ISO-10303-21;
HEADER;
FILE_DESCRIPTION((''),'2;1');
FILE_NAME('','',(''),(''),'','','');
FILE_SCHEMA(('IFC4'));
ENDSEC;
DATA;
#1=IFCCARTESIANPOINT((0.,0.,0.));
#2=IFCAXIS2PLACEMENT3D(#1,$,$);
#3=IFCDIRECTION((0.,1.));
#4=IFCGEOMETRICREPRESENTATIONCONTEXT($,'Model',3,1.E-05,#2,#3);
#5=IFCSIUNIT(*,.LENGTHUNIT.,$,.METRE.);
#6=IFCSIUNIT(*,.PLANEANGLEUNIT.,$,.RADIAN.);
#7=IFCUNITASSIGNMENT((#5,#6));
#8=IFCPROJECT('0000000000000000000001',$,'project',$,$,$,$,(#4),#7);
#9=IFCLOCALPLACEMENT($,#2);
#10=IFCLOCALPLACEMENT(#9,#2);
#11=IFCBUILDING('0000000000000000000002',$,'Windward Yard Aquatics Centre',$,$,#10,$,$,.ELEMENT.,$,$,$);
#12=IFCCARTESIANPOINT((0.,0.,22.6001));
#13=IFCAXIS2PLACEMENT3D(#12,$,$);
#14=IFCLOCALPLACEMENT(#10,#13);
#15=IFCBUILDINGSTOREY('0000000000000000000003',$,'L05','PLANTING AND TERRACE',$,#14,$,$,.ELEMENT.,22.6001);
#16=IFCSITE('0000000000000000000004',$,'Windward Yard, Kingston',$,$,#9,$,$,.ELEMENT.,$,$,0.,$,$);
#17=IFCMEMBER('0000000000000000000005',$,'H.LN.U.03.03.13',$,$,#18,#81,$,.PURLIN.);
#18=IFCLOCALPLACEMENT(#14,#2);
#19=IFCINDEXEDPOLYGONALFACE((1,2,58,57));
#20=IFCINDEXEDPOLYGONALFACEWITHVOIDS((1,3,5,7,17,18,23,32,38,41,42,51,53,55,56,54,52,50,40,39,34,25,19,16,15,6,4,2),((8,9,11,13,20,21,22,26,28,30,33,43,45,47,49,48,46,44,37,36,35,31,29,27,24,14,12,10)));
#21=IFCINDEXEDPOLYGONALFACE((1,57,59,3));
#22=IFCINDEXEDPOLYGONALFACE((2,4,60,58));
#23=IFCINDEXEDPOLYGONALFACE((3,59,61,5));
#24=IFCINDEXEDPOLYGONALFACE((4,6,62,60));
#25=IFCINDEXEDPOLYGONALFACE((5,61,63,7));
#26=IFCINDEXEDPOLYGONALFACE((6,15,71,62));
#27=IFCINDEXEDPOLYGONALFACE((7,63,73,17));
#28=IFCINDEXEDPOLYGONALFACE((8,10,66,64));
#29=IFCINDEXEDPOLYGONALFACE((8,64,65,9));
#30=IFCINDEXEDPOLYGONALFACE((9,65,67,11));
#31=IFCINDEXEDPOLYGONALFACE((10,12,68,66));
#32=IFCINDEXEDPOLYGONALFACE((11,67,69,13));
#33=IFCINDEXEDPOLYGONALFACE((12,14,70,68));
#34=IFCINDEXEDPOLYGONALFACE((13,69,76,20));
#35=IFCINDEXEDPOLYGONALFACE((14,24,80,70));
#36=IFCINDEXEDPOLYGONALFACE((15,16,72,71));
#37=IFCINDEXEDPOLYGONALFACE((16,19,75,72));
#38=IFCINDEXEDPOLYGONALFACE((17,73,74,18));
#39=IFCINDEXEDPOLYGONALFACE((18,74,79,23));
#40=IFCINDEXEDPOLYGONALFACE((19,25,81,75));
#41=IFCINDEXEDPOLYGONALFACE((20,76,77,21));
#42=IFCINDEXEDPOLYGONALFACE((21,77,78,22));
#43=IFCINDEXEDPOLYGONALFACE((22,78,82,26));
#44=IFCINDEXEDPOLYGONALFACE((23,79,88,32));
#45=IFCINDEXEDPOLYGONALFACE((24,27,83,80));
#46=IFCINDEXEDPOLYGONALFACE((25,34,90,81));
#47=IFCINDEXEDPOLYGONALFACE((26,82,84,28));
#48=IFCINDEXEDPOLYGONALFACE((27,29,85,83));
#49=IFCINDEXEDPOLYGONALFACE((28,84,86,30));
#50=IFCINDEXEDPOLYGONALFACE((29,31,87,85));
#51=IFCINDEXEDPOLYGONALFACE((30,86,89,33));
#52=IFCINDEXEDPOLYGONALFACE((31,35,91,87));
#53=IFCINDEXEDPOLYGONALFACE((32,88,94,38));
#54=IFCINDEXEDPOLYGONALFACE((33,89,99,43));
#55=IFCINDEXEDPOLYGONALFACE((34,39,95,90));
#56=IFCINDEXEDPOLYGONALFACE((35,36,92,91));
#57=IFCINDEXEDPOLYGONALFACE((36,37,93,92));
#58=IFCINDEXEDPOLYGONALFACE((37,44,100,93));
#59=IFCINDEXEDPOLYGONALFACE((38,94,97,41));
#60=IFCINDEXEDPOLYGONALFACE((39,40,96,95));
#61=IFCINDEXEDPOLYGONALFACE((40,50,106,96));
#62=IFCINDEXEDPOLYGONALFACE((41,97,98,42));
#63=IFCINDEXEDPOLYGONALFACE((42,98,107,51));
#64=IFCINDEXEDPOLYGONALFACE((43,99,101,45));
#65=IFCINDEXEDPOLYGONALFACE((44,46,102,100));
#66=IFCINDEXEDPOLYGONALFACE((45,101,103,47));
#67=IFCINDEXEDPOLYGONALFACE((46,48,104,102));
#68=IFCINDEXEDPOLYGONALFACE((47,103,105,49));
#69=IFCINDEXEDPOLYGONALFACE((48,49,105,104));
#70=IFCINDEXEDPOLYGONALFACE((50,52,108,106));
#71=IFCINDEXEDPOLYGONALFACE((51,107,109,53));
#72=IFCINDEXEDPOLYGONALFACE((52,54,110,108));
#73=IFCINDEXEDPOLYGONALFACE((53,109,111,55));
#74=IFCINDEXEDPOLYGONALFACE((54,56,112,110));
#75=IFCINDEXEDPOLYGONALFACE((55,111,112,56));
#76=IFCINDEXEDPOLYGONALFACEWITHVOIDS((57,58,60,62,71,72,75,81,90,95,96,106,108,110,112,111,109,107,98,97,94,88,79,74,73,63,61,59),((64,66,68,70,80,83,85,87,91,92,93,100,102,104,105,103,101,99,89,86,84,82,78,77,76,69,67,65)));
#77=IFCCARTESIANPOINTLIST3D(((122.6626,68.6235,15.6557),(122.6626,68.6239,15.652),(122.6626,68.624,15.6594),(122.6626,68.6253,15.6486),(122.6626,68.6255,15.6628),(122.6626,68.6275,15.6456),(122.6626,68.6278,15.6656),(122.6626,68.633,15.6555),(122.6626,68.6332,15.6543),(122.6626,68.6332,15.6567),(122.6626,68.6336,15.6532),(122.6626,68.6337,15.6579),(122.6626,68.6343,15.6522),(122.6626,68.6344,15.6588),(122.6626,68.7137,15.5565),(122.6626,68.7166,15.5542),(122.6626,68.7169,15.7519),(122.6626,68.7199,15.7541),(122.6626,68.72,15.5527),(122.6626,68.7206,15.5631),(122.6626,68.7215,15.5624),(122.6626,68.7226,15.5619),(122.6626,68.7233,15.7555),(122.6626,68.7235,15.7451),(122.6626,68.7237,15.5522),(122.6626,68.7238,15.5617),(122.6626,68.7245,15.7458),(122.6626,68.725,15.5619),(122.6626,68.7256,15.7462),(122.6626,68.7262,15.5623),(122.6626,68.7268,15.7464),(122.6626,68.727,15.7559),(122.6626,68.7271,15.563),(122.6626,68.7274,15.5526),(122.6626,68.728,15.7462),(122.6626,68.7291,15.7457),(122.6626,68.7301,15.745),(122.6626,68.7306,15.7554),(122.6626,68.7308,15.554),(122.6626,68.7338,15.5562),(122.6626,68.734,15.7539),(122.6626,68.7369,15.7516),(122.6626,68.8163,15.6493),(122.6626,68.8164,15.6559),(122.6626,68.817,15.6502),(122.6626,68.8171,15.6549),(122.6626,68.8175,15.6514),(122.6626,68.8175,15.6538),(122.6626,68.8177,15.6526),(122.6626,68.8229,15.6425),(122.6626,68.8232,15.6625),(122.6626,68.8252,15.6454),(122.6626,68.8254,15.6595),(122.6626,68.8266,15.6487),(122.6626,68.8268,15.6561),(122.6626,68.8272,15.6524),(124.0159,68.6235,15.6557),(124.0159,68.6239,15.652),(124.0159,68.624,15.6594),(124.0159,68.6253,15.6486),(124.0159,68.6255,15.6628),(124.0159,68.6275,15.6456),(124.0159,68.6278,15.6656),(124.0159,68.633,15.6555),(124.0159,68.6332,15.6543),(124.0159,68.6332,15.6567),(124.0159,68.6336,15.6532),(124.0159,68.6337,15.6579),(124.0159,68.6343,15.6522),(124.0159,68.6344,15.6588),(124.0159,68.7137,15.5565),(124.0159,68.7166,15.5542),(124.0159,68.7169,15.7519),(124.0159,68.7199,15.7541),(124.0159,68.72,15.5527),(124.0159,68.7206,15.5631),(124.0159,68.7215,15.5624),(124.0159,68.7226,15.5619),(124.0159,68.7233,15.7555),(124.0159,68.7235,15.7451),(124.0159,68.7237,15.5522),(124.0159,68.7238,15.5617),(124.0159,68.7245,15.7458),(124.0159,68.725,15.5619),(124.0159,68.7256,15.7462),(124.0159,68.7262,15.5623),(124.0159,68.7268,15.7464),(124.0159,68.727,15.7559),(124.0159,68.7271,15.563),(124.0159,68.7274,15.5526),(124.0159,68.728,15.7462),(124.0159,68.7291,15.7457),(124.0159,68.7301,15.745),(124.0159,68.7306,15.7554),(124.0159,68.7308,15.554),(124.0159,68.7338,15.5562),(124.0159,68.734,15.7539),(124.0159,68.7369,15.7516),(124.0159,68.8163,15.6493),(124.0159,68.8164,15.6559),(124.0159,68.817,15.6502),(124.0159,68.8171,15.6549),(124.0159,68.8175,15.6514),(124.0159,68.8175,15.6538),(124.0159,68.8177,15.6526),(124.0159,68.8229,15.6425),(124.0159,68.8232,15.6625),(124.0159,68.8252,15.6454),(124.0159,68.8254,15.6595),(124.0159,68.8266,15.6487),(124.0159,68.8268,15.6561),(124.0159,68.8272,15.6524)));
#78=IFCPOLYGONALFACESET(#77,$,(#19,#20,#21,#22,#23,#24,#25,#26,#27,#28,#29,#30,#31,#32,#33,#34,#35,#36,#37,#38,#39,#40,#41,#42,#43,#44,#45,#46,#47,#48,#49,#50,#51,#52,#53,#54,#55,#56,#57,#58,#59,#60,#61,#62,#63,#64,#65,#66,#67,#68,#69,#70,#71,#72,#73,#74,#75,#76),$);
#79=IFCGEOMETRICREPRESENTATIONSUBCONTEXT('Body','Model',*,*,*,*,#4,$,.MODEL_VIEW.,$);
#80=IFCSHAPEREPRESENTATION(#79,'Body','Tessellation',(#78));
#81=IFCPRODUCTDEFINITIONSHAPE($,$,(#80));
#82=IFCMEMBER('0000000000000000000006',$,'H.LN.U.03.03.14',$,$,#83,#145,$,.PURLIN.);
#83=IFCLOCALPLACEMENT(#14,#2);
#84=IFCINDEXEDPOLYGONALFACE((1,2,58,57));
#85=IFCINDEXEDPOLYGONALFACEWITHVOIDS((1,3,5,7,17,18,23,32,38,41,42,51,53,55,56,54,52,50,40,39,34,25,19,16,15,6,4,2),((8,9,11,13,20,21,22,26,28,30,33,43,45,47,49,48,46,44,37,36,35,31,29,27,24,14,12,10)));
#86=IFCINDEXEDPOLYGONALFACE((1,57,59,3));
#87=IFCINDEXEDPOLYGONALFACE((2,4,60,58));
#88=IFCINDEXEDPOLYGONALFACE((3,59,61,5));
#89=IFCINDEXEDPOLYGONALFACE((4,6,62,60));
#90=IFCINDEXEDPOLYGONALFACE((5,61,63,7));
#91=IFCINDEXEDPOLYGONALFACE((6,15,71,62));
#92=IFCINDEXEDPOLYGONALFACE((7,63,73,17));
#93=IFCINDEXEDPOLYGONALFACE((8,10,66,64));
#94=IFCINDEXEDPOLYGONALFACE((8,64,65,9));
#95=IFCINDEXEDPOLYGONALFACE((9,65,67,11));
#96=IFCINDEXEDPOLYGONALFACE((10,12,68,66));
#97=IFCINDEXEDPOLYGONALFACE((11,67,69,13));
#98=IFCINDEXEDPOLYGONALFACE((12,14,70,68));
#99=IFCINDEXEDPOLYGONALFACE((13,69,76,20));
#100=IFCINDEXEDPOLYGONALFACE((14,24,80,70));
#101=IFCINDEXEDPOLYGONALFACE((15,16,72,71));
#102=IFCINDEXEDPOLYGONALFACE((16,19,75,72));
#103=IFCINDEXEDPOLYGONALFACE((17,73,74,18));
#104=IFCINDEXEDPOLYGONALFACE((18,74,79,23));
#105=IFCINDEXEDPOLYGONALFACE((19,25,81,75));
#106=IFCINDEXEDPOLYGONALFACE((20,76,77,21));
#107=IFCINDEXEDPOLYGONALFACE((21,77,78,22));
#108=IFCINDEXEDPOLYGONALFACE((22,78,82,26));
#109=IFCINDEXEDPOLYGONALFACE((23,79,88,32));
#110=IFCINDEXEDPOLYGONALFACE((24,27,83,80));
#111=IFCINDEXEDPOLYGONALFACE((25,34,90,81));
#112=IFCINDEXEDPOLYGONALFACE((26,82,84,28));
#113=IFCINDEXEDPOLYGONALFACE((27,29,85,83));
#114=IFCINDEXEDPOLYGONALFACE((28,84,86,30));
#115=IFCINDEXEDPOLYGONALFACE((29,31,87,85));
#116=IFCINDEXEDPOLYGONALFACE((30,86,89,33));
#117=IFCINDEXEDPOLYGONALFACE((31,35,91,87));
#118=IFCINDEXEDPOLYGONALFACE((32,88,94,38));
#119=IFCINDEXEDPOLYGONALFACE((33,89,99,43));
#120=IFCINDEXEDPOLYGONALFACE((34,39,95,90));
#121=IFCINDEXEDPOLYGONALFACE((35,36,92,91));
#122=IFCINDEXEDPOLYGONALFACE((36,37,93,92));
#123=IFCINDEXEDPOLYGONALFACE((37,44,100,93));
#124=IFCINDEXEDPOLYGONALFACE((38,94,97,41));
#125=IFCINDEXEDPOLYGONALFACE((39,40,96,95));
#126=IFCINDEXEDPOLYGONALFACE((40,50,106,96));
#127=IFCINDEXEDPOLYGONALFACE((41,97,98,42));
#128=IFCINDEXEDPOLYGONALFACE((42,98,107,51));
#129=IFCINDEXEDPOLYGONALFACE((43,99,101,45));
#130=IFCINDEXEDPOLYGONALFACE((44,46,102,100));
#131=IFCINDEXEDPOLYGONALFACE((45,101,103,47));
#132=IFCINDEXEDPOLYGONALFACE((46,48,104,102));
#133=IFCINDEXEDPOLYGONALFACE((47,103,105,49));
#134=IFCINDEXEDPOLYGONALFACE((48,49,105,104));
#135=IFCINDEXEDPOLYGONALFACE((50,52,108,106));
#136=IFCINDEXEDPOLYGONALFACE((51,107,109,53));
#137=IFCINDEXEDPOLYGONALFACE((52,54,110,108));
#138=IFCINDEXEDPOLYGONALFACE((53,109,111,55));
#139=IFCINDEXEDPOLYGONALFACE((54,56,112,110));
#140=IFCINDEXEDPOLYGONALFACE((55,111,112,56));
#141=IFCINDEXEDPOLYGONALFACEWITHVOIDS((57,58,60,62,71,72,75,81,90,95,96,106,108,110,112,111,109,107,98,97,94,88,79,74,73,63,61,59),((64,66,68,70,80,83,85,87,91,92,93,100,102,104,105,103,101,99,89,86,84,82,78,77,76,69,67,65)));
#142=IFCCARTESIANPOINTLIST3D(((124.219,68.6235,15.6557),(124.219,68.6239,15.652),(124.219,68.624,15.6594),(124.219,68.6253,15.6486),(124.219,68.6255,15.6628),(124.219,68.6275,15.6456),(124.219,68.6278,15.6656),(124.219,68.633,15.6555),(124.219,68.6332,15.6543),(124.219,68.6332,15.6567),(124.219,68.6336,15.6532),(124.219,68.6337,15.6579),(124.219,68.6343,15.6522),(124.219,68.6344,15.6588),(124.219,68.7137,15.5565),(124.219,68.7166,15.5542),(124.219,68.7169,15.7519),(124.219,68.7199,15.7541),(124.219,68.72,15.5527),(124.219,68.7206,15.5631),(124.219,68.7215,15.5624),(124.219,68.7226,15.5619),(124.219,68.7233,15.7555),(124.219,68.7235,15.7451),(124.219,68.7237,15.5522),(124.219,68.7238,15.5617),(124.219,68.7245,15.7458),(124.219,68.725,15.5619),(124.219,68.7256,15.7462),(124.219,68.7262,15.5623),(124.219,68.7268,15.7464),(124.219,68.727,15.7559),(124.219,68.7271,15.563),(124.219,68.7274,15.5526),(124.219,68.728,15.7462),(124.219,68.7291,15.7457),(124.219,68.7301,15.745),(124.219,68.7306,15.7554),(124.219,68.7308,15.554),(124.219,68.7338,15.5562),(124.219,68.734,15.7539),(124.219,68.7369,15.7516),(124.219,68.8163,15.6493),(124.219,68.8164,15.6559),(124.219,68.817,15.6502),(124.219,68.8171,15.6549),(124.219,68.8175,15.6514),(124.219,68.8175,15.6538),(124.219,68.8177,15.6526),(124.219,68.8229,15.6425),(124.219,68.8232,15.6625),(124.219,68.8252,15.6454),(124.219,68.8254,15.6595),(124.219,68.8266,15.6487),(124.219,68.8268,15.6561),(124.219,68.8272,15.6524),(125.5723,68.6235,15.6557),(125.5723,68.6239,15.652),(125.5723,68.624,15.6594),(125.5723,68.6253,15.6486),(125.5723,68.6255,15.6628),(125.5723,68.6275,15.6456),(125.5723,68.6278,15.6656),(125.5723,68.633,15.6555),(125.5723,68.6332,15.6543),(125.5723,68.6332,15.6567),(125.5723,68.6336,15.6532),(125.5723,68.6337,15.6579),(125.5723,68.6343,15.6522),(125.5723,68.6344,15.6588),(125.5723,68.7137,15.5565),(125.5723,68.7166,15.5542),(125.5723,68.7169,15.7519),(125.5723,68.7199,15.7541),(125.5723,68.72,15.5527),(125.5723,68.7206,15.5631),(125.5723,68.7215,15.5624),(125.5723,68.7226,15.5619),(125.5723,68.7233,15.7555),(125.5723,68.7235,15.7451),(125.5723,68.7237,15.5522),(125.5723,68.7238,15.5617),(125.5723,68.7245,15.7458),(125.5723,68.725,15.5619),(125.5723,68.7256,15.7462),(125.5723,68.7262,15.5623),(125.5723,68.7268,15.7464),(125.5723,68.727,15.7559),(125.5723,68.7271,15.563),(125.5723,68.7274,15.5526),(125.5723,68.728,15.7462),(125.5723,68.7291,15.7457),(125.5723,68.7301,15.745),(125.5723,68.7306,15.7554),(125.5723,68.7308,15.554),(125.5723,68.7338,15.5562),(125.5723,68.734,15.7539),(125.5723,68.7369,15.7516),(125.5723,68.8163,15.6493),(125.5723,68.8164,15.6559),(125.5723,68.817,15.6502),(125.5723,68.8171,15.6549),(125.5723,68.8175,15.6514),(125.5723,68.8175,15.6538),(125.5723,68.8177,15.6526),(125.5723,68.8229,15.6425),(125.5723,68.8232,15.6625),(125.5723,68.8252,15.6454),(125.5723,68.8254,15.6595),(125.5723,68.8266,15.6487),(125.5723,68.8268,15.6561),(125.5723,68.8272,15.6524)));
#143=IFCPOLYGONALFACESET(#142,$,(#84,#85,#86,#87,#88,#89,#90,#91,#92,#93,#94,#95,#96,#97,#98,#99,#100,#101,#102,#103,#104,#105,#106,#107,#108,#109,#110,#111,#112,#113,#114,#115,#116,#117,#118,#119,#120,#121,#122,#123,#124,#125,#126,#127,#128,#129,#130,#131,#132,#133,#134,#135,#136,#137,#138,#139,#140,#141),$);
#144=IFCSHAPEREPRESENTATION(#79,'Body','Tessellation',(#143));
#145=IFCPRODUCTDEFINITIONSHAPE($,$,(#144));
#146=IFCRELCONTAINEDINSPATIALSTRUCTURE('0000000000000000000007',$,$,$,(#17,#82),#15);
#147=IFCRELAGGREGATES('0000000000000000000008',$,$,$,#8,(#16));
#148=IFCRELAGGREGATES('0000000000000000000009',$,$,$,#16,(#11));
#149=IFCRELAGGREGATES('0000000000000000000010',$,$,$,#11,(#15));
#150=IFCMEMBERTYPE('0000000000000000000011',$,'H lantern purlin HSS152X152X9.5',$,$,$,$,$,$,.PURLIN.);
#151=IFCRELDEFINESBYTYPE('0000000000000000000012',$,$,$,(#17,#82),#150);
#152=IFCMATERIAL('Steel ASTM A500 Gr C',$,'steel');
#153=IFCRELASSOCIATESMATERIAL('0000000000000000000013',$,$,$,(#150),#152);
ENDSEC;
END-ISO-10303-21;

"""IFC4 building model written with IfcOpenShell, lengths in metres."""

from ifc_helpers import new_model, si_unit, direction, frame, origin, origin_2d, place, context, subcontext, project, spatial, hollow_rectangle, extrude, material, material_profile, profile_set, type_object, element, save


model = new_model("IFC4")

# Units and contexts
model_context = context("Model", 3, precision=1e-05, world=origin(), true_north=direction((0.0, 1.0)))
body_context = subcontext(model_context, "Body", "Model", "MODEL_VIEW")
ifc_project = project(units=[si_unit("LENGTHUNIT", "METRE"), si_unit("PLANEANGLEUNIT", "RADIAN")], contexts=[model_context])

# Site, building, storey
site_placement = place(None, origin())
site = spatial("IfcSite", under=ifc_project, at=site_placement, Name="Windward Yard, Kingston", CompositionType="ELEMENT", RefElevation=0.0)
building_placement = place(site_placement, origin())
building = spatial("IfcBuilding", under=site, at=building_placement, Name="Windward Yard Aquatics Centre", CompositionType="ELEMENT")
storey_placement = place(building_placement, frame((0.0, 0.0, 22.6001)))
storey = spatial("IfcBuildingStorey", under=building, at=storey_placement, Name="L05", Description="PLANTING AND TERRACE", CompositionType="ELEMENT", Elevation=22.6001)

# Members
ifc_material_1 = material(Name="Steel ASTM A500 Gr C", Category="steel")
ifc_material_profile = material_profile(ifc_material_1, hollow_rectangle(XDim=0.1523, YDim=0.1523, WallThickness=0.0095, InnerFilletRadius=0.0046, OuterFilletRadius=0.0142, at=origin_2d()), Name="HSS152X152X9.5")
ifc_profile_set = profile_set([ifc_material_profile], Name="Steel ASTM A500 Gr C")
member_type = type_object("IfcMemberType", Name="H lantern purlin HSS152X152X9.5", PredefinedType="PURLIN", material=ifc_profile_set)
for number, where, z_axis, x_axis, name in (
    (1, (122.6626, 68.7253, 15.6541), (1.0, 0.0, 0.0), (0.0, 0.69555, -0.718477), "H.LN.U.03.03.13"),
    (2, (124.219, 68.7253, 15.6541), (1.0, 0.0, 0.0), (0.0, 0.69555, -0.718477), "H.LN.U.03.03.14"),
):
    element("IfcMember", number, at=place(storey_placement, frame(where, z_axis=z_axis, x_axis=x_axis)), inside=storey, type_object=member_type, Name=name, PredefinedType="PURLIN", context=body_context, shape_type="SweptSolid", body=[
        extrude(hollow_rectangle(XDim=0.1523, YDim=0.1523, WallThickness=0.0095, InnerFilletRadius=0.0046, OuterFilletRadius=0.0142, at=origin_2d()), origin(), (0.0, 0.0, 1.0), 1.3533),
    ])

save(model, "model.ifc")
